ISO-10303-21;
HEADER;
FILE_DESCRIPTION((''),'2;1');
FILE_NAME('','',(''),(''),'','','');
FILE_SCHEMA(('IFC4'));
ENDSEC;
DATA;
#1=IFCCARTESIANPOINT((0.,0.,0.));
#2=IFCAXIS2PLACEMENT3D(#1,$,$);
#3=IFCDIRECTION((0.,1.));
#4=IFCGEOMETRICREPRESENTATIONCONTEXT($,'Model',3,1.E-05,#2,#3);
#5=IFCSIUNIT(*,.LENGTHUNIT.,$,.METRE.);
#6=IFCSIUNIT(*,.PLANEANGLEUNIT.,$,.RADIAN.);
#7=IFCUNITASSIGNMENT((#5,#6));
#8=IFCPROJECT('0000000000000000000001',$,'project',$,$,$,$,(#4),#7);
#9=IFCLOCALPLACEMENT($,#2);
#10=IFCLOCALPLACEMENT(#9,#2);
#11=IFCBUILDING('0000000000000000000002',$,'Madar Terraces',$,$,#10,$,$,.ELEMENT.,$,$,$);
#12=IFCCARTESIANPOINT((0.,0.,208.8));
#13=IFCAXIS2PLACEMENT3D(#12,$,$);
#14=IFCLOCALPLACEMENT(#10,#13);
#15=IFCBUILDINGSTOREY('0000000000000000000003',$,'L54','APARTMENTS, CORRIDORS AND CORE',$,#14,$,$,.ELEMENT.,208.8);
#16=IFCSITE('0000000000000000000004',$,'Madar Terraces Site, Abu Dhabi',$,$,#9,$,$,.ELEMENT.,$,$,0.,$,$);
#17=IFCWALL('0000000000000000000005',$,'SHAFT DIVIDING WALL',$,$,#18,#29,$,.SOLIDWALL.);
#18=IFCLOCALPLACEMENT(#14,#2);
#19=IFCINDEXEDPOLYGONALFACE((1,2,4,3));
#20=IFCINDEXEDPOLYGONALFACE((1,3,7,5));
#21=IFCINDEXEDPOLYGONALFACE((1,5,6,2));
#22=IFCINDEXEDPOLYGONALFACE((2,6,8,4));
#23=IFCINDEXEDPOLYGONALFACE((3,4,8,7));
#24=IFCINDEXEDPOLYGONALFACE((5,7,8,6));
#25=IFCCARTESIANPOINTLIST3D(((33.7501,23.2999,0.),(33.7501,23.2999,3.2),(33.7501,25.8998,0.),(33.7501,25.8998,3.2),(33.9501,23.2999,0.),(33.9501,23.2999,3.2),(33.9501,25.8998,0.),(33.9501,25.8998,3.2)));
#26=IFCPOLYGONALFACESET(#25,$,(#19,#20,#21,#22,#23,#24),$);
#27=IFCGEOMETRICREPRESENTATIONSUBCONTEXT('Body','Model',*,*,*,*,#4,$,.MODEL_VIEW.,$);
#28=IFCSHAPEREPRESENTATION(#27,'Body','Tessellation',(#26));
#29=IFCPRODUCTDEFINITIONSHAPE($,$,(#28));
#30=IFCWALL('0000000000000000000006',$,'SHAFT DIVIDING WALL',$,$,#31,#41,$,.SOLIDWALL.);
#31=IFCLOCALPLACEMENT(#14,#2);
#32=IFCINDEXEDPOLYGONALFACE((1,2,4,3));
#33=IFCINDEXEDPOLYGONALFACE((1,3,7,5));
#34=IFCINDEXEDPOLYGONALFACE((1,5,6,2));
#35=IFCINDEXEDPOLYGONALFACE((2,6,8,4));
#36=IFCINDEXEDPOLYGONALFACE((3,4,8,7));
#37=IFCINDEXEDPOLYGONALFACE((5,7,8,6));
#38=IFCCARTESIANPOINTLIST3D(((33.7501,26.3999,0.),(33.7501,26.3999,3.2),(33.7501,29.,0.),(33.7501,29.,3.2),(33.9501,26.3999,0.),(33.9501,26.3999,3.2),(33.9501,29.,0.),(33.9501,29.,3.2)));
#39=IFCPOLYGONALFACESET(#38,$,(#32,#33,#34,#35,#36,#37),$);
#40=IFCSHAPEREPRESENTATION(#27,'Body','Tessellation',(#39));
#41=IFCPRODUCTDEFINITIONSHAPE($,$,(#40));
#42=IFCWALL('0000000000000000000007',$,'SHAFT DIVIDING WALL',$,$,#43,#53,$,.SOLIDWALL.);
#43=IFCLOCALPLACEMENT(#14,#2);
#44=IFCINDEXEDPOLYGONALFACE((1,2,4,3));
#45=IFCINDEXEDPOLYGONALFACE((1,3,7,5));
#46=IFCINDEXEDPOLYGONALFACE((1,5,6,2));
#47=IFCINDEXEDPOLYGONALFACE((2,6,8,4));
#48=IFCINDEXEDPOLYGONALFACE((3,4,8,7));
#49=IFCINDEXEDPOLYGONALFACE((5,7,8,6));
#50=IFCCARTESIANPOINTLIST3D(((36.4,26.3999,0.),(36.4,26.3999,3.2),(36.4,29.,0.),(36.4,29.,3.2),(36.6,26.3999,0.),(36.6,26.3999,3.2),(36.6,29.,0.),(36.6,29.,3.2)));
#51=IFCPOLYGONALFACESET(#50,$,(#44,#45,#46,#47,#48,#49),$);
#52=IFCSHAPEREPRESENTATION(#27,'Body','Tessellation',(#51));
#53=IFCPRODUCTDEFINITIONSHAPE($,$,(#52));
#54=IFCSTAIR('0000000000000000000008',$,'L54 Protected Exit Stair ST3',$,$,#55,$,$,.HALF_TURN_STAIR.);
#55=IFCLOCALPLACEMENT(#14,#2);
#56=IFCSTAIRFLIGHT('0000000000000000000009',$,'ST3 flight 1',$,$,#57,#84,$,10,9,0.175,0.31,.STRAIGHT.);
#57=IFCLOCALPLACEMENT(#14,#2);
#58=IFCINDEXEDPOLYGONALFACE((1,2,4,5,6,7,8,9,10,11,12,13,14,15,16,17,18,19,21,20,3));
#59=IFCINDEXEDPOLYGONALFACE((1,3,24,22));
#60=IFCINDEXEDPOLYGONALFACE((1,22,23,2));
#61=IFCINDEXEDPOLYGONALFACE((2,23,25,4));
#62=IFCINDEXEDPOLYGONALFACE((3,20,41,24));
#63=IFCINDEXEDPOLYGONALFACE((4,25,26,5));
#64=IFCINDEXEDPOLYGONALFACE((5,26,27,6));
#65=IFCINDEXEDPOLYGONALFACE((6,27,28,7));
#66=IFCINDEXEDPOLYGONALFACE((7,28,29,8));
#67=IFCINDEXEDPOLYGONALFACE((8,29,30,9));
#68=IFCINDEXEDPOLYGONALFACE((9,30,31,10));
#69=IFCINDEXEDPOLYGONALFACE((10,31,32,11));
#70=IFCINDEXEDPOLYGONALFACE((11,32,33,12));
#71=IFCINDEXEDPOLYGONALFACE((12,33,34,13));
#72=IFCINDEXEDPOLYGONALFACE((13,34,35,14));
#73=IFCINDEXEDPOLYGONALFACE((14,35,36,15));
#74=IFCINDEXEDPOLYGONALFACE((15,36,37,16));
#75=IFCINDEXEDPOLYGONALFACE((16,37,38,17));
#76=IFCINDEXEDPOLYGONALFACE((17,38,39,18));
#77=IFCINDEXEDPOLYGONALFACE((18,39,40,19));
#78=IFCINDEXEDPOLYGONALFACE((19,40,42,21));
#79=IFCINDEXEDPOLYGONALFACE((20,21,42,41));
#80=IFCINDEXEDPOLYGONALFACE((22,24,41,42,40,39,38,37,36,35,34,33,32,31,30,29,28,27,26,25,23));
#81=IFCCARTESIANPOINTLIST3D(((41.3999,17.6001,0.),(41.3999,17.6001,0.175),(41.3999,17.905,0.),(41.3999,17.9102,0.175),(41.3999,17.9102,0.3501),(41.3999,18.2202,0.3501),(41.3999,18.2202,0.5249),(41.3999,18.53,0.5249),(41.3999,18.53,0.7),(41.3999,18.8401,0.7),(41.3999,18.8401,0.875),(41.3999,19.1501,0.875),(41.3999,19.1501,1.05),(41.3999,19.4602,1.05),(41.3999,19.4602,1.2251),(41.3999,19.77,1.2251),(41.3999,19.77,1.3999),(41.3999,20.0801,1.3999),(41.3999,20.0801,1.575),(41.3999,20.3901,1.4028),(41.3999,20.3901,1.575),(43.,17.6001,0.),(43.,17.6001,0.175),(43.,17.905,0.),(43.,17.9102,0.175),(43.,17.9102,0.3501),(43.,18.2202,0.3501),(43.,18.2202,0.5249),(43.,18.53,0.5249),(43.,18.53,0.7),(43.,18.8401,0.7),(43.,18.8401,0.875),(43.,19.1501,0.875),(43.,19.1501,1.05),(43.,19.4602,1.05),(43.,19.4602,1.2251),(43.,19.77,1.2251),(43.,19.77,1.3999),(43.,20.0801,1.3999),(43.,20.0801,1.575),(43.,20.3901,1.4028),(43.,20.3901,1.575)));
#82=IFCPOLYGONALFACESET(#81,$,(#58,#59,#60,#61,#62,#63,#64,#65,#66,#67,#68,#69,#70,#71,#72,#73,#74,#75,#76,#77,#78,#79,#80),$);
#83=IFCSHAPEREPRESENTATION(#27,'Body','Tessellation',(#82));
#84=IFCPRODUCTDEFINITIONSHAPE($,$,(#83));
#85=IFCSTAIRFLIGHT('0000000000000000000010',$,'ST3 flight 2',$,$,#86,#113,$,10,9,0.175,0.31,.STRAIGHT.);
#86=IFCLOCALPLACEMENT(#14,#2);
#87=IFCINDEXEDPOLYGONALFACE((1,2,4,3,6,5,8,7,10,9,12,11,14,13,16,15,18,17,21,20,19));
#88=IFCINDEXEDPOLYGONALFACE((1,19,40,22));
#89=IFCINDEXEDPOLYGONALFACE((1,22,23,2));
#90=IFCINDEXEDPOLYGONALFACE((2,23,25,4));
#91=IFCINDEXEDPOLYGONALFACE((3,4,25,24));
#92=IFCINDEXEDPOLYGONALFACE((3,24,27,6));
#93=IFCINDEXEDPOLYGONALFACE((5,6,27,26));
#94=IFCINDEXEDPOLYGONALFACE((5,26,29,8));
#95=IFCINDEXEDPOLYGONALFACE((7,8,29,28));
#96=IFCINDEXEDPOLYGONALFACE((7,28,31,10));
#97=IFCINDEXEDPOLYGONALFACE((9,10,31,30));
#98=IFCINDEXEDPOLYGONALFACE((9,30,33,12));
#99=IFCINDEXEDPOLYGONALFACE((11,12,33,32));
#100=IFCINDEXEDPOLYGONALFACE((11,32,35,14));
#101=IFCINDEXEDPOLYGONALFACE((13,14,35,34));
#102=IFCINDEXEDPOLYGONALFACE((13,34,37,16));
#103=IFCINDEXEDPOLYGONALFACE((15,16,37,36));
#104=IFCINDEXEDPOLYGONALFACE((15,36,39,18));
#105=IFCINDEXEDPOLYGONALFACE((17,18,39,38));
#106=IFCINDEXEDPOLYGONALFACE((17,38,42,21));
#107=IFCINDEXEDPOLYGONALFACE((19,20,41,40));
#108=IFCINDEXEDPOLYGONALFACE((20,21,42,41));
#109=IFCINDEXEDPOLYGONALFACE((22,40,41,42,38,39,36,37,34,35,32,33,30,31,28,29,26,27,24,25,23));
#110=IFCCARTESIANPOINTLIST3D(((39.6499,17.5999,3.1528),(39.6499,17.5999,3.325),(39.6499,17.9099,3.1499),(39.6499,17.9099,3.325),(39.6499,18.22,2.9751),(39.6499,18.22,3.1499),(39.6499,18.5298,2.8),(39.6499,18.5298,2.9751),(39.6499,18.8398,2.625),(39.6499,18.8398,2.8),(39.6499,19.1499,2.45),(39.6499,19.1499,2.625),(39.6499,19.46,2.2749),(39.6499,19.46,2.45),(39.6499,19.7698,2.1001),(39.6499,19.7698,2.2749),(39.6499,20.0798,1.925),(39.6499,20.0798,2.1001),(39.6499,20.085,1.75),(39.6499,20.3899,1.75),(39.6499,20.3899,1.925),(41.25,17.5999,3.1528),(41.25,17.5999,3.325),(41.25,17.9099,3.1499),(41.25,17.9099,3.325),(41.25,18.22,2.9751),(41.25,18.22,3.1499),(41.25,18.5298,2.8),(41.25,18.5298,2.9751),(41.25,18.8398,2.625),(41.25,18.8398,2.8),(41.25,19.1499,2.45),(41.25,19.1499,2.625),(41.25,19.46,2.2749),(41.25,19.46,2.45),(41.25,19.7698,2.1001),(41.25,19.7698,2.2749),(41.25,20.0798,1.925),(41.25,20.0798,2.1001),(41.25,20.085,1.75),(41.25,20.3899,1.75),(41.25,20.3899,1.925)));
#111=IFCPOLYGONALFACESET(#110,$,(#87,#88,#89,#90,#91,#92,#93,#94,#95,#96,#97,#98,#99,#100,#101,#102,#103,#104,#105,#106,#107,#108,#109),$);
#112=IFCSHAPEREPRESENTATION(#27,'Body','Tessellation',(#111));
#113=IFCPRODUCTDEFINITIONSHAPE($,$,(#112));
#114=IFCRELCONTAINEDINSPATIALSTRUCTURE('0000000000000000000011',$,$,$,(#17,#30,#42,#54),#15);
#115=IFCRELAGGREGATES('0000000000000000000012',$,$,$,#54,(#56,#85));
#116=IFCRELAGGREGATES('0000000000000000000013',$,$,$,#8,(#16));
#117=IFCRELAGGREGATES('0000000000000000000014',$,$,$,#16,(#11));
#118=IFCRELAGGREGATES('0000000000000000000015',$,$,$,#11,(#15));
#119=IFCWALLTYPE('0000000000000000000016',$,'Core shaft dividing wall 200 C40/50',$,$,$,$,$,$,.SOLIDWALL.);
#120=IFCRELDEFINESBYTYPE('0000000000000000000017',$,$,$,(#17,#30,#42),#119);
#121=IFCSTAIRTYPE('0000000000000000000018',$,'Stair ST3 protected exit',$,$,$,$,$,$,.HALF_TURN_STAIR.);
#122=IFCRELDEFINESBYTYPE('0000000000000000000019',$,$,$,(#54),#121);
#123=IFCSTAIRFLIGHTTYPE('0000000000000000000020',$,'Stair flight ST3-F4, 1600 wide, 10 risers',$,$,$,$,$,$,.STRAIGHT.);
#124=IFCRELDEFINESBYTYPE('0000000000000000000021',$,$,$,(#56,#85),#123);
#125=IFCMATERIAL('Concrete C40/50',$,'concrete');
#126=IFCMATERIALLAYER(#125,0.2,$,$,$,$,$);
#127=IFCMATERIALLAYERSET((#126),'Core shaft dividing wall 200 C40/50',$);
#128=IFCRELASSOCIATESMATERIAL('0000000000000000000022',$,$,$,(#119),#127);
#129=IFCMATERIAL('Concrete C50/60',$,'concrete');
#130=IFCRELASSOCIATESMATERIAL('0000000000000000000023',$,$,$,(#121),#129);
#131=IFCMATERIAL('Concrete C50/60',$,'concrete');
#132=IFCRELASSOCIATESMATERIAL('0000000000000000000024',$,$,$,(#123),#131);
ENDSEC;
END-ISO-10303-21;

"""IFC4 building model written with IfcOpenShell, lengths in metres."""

from ifc_helpers import new_model, si_unit, direction, frame, frame_2d, origin, place, context, subcontext, project, spatial, polyline, rectangle, outline, extrude, material, layer, layer_set, type_object, element, aggregate, save


model = new_model("IFC4")

# Units and contexts
model_context = context("Model", 3, precision=1e-05, world=origin(), true_north=direction((0.0, 1.0)))
body_context = subcontext(model_context, "Body", "Model", "MODEL_VIEW")
ifc_project = project(units=[si_unit("LENGTHUNIT", "METRE"), si_unit("PLANEANGLEUNIT", "RADIAN")], contexts=[model_context])

# Site, building, storey
site_placement = place(None, origin())
site = spatial("IfcSite", under=ifc_project, at=site_placement, Name="Madar Terraces Site, Abu Dhabi", CompositionType="ELEMENT", RefElevation=0.0)
building_placement = place(site_placement, origin())
building = spatial("IfcBuilding", under=site, at=building_placement, Name="Madar Terraces", CompositionType="ELEMENT")
storey_placement = place(building_placement, frame((0.0, 0.0, 208.8)))
storey = spatial("IfcBuildingStorey", under=building, at=storey_placement, Name="L54", Description="APARTMENTS, CORRIDORS AND CORE", CompositionType="ELEMENT", Elevation=208.8)

# Walls
ifc_material_1 = material(Name="Concrete C40/50", Category="concrete")
ifc_layer_1 = layer(ifc_material_1, 0.2)
ifc_layer_set_1 = layer_set([ifc_layer_1], Name="Core shaft dividing wall 200 C40/50")
wall_type_1 = type_object("IfcWallType", Name="Core shaft dividing wall 200 C40/50", PredefinedType="SOLIDWALL", material=ifc_layer_set_1)
wall_1_placement = place(storey_placement, frame((33.8501, 23.3, 0.0), z_axis=(0.0, 0.0, 1.0), x_axis=(0.0, 1.0, 0.0)))
element("IfcWall", 1, at=wall_1_placement, inside=storey, type_object=wall_type_1, Name="SHAFT DIVIDING WALL", PredefinedType="SOLIDWALL", context=body_context, shape_type="SweptSolid", body=[
    extrude(rectangle(XDim=2.5999, YDim=0.2, at=frame_2d((1.2998, 0.0))), origin(), (0.0, 0.0, 1.0), 3.2),
])
for number, where, z_axis, x_axis, name in (
    (2, (33.8501, 26.3999, 0.0), (0.0, 0.0, 1.0), (0.0, 1.0, 0.0), "SHAFT DIVIDING WALL"),
    (3, (36.5, 26.3999, 0.0), (0.0, 0.0, 1.0), (0.0, 1.0, 0.0), "SHAFT DIVIDING WALL"),
):
    element("IfcWall", number, at=place(storey_placement, frame(where, z_axis=z_axis, x_axis=x_axis)), inside=storey, type_object=wall_type_1, Name=name, PredefinedType="SOLIDWALL", context=body_context, shape_type="SweptSolid", body=[
        extrude(rectangle(XDim=2.6001, YDim=0.2, at=frame_2d((1.3, 0.0))), origin(), (0.0, 0.0, 1.0), 3.2),
    ])

# Stair, stair flights
ifc_material_2 = material(Name="Concrete C50/60", Category="concrete")
stair_type = type_object("IfcStairType", Name="Stair ST3 protected exit", PredefinedType="HALF_TURN_STAIR", material=ifc_material_2)
stair_placement = place(storey_placement, origin())
stair = element("IfcStair", 4, at=stair_placement, inside=storey, type_object=stair_type, Name="L54 Protected Exit Stair ST3", PredefinedType="HALF_TURN_STAIR")
ifc_material_3 = material(Name="Concrete C50/60", Category="concrete")
stair_flight_type = type_object("IfcStairFlightType", Name="Stair flight ST3-F4, 1600 wide, 10 risers", PredefinedType="STRAIGHT", material=ifc_material_3)
stair_flight_1_placement = place(storey_placement, frame((42.2, 17.6001, 0.0), z_axis=(0.0, 0.0, 1.0), x_axis=(0.0, 1.0, 0.0)))
stair_flight_1 = element("IfcStairFlight", 5, at=stair_flight_1_placement, type_object=stair_flight_type, Name="ST3 flight 1", NumberOfRisers=10, NumberOfTreads=9, PredefinedType="STRAIGHT", RiserHeight=0.175, TreadLength=0.31, context=body_context, shape_type="SweptSolid", body=[
    extrude(outline(polyline([(0.0, 0.0), (0.0, 0.175), (0.3101, 0.175), (0.3101, 0.3501), (0.6201, 0.3501), (0.6201, 0.5249), (0.9299, 0.5249), (0.9299, 0.7), (1.24, 0.7), (1.24, 0.875), (1.55, 0.875), (1.55, 1.05), (1.8601, 1.05), (1.8601, 1.2251), (2.1699, 1.2251), (2.1699, 1.3999), (2.48, 1.3999), (2.48, 1.575), (2.79, 1.575), (2.79, 1.75), (2.79, 1.4028), (0.3049, 0.0), (0.0, 0.0)])), frame((0.0, 0.8, 0.0), z_axis=(0.0, -1.0, 0.0), x_axis=(1.0, 0.0, 0.0)), (0.0, 0.0, 1.0), 1.6001),
])
stair_flight_2_placement = place(storey_placement, frame((40.45, 20.3899, 1.75), z_axis=(0.0, 0.0, 1.0), x_axis=(0.0, -1.0, 0.0)))
stair_flight_2 = element("IfcStairFlight", 6, at=stair_flight_2_placement, type_object=stair_flight_type, Name="ST3 flight 2", NumberOfRisers=10, NumberOfTreads=9, PredefinedType="STRAIGHT", RiserHeight=0.175, TreadLength=0.31, context=body_context, shape_type="SweptSolid", body=[
    extrude(outline(polyline([(0.0, 0.0), (0.0, 0.175), (0.3101, 0.175), (0.3101, 0.3501), (0.6201, 0.3501), (0.6201, 0.5249), (0.9299, 0.5249), (0.9299, 0.7), (1.24, 0.7), (1.24, 0.875), (1.55, 0.875), (1.55, 1.05), (1.8601, 1.05), (1.8601, 1.2251), (2.1699, 1.2251), (2.1699, 1.3999), (2.48, 1.3999), (2.48, 1.575), (2.79, 1.575), (2.79, 1.75), (2.79, 1.4028), (0.3049, 0.0), (0.0, 0.0)])), frame((0.0, 0.8, 0.0), z_axis=(0.0, -1.0, 0.0), x_axis=(1.0, 0.0, 0.0)), (0.0, 0.0, 1.0), 1.6001),
])
aggregate(stair, [stair_flight_1, stair_flight_2])

save(model, "model.ifc")
